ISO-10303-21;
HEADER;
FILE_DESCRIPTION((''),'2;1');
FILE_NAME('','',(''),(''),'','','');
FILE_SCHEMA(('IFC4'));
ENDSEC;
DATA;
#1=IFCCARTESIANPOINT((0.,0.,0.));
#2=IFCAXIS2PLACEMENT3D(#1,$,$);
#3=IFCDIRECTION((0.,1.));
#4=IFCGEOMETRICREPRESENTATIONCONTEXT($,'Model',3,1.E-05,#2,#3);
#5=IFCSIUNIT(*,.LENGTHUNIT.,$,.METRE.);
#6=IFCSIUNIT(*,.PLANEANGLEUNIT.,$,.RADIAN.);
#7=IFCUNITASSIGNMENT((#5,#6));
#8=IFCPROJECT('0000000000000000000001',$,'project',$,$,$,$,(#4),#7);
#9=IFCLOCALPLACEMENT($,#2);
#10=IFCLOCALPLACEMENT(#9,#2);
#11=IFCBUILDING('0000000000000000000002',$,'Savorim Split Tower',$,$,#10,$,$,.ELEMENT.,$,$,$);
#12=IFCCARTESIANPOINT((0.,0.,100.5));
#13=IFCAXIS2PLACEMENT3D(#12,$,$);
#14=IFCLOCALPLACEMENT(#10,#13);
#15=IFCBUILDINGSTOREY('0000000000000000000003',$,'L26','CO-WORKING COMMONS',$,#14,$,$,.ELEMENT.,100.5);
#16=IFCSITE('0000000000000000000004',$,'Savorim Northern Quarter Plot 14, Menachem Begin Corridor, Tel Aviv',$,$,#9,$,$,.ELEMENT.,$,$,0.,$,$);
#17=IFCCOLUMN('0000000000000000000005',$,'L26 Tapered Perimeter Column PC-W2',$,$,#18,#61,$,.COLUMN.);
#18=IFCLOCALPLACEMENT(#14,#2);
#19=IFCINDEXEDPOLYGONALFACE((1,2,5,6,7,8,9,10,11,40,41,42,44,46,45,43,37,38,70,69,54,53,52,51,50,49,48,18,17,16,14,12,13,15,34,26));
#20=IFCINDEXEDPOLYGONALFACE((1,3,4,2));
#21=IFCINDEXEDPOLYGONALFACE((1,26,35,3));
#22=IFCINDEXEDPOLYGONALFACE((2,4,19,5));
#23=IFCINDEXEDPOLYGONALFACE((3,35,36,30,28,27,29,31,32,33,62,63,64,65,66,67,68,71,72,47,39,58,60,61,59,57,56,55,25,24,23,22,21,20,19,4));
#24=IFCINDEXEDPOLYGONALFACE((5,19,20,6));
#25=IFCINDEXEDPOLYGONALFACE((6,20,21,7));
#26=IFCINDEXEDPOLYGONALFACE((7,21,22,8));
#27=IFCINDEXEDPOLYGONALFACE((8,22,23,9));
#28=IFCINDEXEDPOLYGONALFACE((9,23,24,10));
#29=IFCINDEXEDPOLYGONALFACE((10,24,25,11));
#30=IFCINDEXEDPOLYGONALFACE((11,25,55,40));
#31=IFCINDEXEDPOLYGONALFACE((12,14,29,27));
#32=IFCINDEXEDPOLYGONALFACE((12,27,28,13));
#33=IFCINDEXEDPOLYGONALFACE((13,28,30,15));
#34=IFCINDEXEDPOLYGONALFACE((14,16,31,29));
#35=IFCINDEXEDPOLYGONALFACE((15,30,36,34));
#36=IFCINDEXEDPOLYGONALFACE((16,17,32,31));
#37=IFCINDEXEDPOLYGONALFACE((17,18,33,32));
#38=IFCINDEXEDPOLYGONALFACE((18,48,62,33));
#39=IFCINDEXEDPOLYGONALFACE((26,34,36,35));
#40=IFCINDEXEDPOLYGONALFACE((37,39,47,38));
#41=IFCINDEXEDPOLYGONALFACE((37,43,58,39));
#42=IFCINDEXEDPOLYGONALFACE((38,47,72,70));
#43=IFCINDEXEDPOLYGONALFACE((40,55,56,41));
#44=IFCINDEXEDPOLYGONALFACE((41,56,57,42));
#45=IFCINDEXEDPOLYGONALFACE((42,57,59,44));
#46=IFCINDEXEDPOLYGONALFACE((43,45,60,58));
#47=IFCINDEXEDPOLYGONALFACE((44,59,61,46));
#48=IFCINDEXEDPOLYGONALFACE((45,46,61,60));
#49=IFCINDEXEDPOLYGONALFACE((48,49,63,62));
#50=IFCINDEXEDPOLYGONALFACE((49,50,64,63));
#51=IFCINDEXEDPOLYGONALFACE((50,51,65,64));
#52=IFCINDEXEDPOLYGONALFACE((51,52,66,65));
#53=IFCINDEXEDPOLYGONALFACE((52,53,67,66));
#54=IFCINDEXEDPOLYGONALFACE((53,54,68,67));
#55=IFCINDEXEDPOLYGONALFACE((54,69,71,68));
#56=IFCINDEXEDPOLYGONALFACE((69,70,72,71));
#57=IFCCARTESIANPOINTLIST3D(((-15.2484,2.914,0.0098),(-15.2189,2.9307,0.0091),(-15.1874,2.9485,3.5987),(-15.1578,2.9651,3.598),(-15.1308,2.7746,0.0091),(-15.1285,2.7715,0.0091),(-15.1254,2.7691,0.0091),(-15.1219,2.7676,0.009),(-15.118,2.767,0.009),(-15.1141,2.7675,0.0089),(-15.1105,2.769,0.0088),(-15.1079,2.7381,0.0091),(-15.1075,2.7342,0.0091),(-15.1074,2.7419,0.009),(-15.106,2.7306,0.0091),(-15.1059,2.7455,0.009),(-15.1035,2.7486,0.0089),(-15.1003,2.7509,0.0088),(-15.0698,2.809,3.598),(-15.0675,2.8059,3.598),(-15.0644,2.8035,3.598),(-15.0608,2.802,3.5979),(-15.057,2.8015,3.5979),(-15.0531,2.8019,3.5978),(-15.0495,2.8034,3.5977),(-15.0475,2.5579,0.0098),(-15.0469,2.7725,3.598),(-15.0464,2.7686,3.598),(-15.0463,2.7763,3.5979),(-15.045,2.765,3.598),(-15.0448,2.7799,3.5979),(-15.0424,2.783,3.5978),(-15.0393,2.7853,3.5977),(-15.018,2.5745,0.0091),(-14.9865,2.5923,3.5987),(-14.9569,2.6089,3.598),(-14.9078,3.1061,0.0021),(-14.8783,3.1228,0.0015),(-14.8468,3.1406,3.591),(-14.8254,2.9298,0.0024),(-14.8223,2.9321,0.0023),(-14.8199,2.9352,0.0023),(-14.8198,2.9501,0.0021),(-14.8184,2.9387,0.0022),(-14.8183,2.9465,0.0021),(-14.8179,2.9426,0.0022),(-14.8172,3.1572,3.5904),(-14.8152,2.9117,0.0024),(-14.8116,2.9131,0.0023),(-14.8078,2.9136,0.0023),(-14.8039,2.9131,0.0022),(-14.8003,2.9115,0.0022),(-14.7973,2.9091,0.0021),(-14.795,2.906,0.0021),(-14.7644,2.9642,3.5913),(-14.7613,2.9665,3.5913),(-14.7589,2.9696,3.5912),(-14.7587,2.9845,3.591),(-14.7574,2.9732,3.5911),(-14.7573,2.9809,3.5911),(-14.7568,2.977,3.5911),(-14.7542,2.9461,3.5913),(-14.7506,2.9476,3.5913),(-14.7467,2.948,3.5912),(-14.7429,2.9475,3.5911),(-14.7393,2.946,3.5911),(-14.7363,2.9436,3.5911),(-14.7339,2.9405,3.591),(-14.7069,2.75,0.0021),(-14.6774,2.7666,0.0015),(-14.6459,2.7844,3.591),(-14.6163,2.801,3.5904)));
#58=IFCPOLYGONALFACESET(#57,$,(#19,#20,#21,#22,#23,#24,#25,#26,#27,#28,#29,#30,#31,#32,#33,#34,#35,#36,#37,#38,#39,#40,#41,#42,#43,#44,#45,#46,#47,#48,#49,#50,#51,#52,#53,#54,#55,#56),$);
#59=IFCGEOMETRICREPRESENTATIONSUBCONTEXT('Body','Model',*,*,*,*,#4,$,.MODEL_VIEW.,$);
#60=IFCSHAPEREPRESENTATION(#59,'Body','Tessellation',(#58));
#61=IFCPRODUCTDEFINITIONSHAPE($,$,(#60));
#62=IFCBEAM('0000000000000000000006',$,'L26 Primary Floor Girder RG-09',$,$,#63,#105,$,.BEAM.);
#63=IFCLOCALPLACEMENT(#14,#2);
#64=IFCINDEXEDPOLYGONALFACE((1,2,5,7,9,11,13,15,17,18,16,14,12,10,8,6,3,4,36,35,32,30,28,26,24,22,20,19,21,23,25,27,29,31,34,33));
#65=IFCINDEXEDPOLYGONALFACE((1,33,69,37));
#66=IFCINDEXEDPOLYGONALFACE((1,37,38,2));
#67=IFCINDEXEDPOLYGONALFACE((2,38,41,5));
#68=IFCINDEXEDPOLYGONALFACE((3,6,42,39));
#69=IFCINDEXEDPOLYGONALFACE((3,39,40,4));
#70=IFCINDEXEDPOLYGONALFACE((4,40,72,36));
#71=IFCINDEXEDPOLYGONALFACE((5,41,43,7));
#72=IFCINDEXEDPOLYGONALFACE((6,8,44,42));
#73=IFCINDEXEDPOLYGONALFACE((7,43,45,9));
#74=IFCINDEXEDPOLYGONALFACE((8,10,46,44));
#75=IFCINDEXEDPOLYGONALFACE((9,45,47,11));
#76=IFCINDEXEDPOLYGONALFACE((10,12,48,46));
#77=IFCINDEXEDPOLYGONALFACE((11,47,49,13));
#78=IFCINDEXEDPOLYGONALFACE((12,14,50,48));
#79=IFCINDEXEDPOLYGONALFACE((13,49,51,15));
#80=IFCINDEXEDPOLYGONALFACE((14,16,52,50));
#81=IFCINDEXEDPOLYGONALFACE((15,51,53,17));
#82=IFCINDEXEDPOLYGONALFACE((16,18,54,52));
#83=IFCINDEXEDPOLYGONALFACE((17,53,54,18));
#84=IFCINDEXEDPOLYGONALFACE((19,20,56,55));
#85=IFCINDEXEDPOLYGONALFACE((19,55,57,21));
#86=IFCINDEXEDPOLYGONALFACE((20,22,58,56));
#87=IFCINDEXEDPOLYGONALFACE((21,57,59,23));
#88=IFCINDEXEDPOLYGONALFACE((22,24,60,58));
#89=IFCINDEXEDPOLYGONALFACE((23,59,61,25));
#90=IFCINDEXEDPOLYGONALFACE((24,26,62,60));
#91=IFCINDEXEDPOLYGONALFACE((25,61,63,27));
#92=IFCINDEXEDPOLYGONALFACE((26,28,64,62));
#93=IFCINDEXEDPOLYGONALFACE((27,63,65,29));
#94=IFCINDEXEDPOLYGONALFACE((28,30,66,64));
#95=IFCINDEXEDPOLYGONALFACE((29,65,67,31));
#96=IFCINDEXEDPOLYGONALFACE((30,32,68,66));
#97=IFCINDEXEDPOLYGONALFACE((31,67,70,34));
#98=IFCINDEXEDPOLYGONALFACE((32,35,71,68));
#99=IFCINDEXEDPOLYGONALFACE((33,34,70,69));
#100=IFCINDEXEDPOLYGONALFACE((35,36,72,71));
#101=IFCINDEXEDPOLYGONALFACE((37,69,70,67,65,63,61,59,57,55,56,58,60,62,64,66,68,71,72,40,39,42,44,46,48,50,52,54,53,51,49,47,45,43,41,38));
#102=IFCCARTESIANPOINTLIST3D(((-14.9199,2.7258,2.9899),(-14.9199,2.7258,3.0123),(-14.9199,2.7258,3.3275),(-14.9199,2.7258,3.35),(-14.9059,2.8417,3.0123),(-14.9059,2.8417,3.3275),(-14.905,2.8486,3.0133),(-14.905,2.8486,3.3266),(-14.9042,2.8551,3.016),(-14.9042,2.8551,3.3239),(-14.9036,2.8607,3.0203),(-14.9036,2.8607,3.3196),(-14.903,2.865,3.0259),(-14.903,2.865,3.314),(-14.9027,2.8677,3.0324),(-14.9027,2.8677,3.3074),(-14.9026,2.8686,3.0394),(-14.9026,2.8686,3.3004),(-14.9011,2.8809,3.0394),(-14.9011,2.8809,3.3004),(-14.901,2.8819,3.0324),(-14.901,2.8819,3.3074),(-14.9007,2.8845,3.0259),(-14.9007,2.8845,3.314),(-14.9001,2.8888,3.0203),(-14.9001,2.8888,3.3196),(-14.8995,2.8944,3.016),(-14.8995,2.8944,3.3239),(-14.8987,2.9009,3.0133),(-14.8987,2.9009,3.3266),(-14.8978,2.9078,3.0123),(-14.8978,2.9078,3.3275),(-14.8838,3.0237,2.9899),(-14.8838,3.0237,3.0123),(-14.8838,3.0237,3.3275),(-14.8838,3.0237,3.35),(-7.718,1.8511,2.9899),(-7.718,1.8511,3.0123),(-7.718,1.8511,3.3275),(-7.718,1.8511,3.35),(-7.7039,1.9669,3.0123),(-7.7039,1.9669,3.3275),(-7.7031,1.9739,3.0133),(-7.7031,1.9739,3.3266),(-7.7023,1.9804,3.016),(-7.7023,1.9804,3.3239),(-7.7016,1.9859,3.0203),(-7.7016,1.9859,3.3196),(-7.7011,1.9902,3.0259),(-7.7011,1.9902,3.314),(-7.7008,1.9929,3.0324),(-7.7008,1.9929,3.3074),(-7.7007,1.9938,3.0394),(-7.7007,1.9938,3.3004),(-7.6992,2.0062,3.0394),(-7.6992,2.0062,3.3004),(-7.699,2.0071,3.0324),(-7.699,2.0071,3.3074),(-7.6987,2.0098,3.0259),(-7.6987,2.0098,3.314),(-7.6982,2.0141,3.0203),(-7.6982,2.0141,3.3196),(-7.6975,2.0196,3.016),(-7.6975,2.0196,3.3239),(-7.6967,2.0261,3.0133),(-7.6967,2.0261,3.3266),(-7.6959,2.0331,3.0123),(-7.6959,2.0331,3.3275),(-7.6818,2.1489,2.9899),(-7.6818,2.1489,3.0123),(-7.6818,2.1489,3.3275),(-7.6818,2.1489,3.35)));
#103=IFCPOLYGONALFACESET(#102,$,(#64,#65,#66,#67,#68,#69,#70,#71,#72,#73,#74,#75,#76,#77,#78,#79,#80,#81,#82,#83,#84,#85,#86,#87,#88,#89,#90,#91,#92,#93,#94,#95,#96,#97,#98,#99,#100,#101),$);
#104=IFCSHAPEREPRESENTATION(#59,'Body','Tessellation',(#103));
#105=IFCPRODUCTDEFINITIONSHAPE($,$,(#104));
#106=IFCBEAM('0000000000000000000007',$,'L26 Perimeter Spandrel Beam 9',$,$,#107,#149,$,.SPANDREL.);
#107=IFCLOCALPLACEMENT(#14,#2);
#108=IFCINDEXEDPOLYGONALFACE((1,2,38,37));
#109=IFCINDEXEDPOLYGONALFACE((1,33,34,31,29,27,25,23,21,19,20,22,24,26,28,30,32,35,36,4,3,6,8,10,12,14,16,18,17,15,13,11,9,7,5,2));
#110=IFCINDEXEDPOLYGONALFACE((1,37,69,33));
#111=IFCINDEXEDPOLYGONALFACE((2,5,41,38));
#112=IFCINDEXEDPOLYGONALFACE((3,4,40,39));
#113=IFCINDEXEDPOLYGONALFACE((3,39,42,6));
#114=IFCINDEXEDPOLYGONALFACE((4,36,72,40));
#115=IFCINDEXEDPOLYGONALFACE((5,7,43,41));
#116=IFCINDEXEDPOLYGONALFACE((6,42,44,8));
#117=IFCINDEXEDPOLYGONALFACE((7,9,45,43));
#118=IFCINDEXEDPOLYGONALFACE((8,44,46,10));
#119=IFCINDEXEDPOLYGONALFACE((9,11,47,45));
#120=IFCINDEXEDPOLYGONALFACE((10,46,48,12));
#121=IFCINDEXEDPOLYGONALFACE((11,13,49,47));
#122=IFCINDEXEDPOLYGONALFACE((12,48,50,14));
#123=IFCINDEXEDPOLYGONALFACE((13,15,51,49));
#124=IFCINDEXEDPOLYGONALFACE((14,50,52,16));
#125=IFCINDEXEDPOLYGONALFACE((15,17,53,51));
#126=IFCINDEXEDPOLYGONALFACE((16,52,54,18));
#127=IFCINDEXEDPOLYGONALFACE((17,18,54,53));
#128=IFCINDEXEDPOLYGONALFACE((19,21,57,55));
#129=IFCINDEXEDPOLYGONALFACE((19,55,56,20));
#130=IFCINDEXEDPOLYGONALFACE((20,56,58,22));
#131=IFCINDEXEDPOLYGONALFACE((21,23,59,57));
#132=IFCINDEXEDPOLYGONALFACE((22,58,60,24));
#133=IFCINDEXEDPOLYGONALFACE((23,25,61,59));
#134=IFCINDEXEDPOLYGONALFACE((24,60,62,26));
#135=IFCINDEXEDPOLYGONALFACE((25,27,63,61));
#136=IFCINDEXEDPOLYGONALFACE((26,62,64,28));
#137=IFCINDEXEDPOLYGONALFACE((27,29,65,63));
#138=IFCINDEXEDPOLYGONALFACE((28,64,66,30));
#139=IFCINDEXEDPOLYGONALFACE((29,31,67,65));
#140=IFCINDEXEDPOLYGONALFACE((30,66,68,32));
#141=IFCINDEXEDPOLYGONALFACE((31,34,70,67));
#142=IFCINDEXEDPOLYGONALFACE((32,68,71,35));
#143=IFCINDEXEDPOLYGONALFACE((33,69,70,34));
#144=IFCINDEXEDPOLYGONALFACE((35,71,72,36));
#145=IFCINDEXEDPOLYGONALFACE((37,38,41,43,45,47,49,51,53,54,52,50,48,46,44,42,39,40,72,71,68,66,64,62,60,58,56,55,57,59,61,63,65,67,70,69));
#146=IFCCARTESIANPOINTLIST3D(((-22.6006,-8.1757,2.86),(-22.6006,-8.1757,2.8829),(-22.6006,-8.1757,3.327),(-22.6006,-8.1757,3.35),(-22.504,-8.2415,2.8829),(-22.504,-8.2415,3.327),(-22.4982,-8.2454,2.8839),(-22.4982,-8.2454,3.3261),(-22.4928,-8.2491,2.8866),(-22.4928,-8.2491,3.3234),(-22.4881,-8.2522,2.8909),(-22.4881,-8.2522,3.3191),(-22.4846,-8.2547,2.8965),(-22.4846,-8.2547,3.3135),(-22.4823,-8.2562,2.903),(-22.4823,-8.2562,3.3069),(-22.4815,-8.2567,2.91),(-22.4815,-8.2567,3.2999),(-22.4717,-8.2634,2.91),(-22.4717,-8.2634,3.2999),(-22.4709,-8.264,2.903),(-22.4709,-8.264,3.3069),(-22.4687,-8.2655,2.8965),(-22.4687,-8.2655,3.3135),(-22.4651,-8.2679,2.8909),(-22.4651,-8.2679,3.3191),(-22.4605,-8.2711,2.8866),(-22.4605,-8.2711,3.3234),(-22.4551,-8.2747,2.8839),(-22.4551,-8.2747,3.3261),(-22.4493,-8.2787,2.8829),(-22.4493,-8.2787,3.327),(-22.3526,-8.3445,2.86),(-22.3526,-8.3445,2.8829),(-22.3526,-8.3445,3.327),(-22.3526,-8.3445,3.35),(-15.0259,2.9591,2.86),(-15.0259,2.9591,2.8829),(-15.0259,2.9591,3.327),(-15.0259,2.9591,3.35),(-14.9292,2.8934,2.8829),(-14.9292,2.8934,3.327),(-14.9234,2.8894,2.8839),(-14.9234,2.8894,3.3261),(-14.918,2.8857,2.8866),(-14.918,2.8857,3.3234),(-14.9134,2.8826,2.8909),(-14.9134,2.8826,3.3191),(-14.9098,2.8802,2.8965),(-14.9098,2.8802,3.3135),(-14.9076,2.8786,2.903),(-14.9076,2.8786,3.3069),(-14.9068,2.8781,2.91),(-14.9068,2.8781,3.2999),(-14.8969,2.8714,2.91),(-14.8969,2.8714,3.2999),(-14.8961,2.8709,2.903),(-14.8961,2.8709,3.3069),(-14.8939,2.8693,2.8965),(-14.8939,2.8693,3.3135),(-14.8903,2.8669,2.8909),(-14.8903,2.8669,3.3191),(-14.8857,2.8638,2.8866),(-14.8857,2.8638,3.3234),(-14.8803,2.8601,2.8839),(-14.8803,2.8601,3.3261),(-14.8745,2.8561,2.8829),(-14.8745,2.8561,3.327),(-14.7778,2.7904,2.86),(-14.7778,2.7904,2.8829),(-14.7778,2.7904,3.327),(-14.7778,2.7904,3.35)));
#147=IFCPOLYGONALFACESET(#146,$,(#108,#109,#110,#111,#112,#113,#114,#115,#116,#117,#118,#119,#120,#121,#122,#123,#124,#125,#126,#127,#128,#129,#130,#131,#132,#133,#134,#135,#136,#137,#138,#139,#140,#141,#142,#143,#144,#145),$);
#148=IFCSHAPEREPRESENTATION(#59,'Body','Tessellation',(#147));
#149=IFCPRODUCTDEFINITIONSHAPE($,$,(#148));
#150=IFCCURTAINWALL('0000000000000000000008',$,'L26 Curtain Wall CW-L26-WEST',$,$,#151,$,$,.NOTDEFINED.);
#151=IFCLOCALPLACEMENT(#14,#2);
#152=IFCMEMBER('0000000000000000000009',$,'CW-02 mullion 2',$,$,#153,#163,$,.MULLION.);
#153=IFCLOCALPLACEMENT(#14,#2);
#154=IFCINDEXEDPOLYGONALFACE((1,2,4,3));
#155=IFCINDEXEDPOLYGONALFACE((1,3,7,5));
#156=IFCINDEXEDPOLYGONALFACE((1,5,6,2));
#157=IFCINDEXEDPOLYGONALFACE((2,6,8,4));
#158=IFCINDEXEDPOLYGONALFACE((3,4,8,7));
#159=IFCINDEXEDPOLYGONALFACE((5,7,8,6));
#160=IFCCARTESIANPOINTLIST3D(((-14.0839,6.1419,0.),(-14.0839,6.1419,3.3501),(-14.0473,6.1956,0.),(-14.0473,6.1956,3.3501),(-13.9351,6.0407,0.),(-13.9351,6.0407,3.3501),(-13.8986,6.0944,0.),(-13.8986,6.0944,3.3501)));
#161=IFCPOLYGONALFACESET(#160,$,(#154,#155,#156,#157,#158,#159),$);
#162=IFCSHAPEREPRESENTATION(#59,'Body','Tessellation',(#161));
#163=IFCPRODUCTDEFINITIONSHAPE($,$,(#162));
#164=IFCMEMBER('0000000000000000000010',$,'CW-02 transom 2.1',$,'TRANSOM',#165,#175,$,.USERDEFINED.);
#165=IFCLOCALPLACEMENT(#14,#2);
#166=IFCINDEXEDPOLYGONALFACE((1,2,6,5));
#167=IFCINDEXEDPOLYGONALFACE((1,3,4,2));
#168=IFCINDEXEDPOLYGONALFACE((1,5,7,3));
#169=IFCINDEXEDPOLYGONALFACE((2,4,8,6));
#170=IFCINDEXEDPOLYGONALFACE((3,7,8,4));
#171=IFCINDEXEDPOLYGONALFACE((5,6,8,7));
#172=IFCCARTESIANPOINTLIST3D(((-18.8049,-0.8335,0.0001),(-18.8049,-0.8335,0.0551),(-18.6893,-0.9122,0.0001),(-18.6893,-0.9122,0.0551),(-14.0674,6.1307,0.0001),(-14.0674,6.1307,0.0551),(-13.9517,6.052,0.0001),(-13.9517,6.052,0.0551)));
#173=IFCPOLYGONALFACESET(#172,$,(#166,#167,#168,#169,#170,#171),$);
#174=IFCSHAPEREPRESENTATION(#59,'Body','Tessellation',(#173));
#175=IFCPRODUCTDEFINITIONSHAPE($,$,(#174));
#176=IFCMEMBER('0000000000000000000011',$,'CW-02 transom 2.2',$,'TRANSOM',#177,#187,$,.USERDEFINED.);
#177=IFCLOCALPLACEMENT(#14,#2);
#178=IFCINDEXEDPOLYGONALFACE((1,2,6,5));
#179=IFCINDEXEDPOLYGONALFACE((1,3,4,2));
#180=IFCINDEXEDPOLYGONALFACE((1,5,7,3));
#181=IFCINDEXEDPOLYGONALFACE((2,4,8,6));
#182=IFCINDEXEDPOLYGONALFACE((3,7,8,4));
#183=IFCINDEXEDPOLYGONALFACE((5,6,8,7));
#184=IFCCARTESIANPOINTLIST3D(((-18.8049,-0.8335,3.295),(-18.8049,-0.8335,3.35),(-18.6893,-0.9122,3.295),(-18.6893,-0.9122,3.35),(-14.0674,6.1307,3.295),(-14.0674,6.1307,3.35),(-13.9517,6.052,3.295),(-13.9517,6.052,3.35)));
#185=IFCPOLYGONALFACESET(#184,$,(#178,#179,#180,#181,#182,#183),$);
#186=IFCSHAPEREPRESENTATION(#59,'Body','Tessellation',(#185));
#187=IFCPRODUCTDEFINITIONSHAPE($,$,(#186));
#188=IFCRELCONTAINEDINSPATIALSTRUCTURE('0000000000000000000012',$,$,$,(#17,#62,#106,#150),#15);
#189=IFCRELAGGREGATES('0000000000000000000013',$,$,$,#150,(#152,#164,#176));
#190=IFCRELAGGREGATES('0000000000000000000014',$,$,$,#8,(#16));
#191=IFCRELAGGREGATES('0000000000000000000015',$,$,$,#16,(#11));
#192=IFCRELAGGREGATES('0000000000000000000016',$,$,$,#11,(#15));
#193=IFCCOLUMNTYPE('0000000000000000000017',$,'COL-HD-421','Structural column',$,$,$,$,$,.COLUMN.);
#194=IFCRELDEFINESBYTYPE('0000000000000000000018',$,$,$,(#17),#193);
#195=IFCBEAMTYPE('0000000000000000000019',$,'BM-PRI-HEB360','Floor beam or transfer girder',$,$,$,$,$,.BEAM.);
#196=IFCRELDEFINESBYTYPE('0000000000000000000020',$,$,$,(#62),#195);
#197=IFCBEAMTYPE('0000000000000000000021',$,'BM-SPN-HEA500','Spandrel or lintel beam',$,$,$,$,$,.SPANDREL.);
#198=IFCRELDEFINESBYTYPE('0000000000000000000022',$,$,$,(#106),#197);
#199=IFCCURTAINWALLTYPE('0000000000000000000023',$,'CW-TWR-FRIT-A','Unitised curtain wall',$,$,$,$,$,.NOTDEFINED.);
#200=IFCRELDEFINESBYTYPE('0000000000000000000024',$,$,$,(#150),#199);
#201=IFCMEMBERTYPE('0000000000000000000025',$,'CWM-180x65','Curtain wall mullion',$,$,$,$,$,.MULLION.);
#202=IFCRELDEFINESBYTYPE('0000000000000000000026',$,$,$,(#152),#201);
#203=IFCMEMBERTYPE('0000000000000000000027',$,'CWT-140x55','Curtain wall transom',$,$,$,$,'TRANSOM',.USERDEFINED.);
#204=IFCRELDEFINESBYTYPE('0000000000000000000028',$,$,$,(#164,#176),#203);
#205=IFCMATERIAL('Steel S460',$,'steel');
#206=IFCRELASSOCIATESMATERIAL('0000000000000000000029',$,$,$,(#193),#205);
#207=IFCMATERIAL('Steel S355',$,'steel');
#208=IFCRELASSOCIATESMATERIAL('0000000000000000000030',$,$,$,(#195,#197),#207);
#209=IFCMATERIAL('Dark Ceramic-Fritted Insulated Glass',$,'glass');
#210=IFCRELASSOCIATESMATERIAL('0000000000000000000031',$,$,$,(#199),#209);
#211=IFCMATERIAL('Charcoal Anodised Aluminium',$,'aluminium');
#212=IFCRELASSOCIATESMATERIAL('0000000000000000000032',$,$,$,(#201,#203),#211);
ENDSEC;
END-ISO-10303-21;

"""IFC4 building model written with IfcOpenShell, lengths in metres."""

from ifc_helpers import new_model, si_unit, direction, frame, origin, origin_2d, place, context, subcontext, project, spatial, rectangle, i_section, extrude, material, material_profile, profile_set, type_object, element, aggregate, save


model = new_model("IFC4")

# Units and contexts
model_context = context("Model", 3, precision=1e-05, world=origin(), true_north=direction((0.0, 1.0)))
body_context = subcontext(model_context, "Body", "Model", "MODEL_VIEW")
ifc_project = project(units=[si_unit("LENGTHUNIT", "METRE"), si_unit("PLANEANGLEUNIT", "RADIAN")], contexts=[model_context])

# Site, building, storey
site_placement = place(None, origin())
site = spatial("IfcSite", under=ifc_project, at=site_placement, Name="Savorim Northern Quarter Plot 14, Menachem Begin Corridor, Tel Aviv", CompositionType="ELEMENT", RefElevation=0.0)
building_placement = place(site_placement, origin())
building = spatial("IfcBuilding", under=site, at=building_placement, Name="Savorim Split Tower", CompositionType="ELEMENT")
storey_placement = place(building_placement, frame((0.0, 0.0, 100.5)))
storey = spatial("IfcBuildingStorey", under=building, at=storey_placement, Name="L26", Description="CO-WORKING COMMONS", CompositionType="ELEMENT", Elevation=100.5)

# Column
ifc_material_1 = material(Name="Steel S460", Category="steel")
ifc_material_profile_1 = material_profile(ifc_material_1, i_section(OverallWidth=0.4089, OverallDepth=0.425, WebThickness=0.0208, FlangeThickness=0.0339, FilletRadius=0.0149, at=origin_2d()), Name="HD 400x421")
ifc_profile_set_1 = profile_set([ifc_material_profile_1], Name="Steel S460")
column_type = type_object("IfcColumnType", Name="COL-HD-421", Description="Structural column", PredefinedType="COLUMN", material=ifc_profile_set_1)
column_placement = place(storey_placement, frame((-14.9629, 2.8403, 0.0056), z_axis=(0.017004, 0.00959, 0.999809), x_axis=(-0.491253, 0.871017, 0.0)))
element("IfcColumn", 1, at=column_placement, inside=storey, type_object=column_type, Name="L26 Tapered Perimeter Column PC-W2", PredefinedType="COLUMN", context=body_context, shape_type="SweptSolid", body=[
    extrude(i_section(OverallWidth=0.4089, OverallDepth=0.425, WebThickness=0.0208, FlangeThickness=0.0339, FilletRadius=0.0149, at=origin_2d()), origin(), (0.0, 0.0, 1.0), 3.5896),
])

# Beams
ifc_material_2 = material(Name="Steel S355", Category="steel")
ifc_material_profile_2 = material_profile(ifc_material_2, i_section(OverallWidth=0.3, OverallDepth=0.3601, WebThickness=0.0125, FlangeThickness=0.0225, FilletRadius=0.0271, at=origin_2d()), Name="HEB 360")
ifc_profile_set_2 = profile_set([ifc_material_profile_2], Name="Steel S355")
beam_type_1 = type_object("IfcBeamType", Name="BM-PRI-HEB360", Description="Floor beam or transfer girder", PredefinedType="BEAM", material=ifc_profile_set_2)
beam_1_placement = place(storey_placement, frame((-14.9019, 2.8748, 3.1699), z_axis=(0.992704, -0.120576, 0.0), x_axis=(0.120576, 0.992704, 0.0)))
element("IfcBeam", 2, at=beam_1_placement, inside=storey, type_object=beam_type_1, Name="L26 Primary Floor Girder RG-09", PredefinedType="BEAM", context=body_context, shape_type="SweptSolid", body=[
    extrude(i_section(OverallWidth=0.3, OverallDepth=0.3601, WebThickness=0.0125, FlangeThickness=0.0225, FilletRadius=0.0271, at=origin_2d()), origin(), (0.0, 0.0, 1.0), 7.2549),
])
ifc_material_profile_3 = material_profile(ifc_material_2, i_section(OverallWidth=0.3, OverallDepth=0.49, WebThickness=0.012, FlangeThickness=0.0229, FilletRadius=0.0271, at=origin_2d()), Name="HEA 500")
ifc_profile_set_3 = profile_set([ifc_material_profile_3], Name="Steel S355")
beam_type_2 = type_object("IfcBeamType", Name="BM-SPN-HEA500", Description="Spandrel or lintel beam", PredefinedType="SPANDREL", material=ifc_profile_set_3)
beam_2_placement = place(storey_placement, frame((-14.9019, 2.8748, 3.105), z_axis=(-0.562466, -0.826821, 0.0), x_axis=(0.826821, -0.562466, 0.0)))
element("IfcBeam", 3, at=beam_2_placement, inside=storey, type_object=beam_type_2, Name="L26 Perimeter Spandrel Beam 9", PredefinedType="SPANDREL", context=body_context, shape_type="SweptSolid", body=[
    extrude(i_section(OverallWidth=0.3, OverallDepth=0.49, WebThickness=0.012, FlangeThickness=0.0229, FilletRadius=0.0271, at=origin_2d()), origin(), (0.0, 0.0, 1.0), 13.467),
])

# Curtain wall, members
ifc_material_3 = material(Name="Dark Ceramic-Fritted Insulated Glass", Category="glass")
curtain_wall_type = type_object("IfcCurtainWallType", Name="CW-TWR-FRIT-A", Description="Unitised curtain wall", PredefinedType="NOTDEFINED", material=ifc_material_3)
curtain_wall_placement = place(storey_placement, origin())
curtain_wall = element("IfcCurtainWall", 4, at=curtain_wall_placement, inside=storey, type_object=curtain_wall_type, Name="L26 Curtain Wall CW-L26-WEST", PredefinedType="NOTDEFINED")
ifc_material_4 = material(Name="Charcoal Anodised Aluminium", Category="aluminium")
ifc_material_profile_4 = material_profile(ifc_material_4, rectangle(XDim=0.1799, YDim=0.0649, at=origin_2d()), Name="ALU-M 180x65")
ifc_profile_set_4 = profile_set([ifc_material_profile_4], Name="Charcoal Anodised Aluminium")
member_type_1 = type_object("IfcMemberType", Name="CWM-180x65", Description="Curtain wall mullion", PredefinedType="MULLION", material=ifc_profile_set_4)
member_1_placement = place(storey_placement, frame((-13.9912, 6.1182, 0.0), z_axis=(0.0, 0.0, 1.0), x_axis=(0.826819, -0.562468, 0.0)))
member_1 = element("IfcMember", 5, at=member_1_placement, type_object=member_type_1, Name="CW-02 mullion 2", PredefinedType="MULLION", context=body_context, shape_type="SweptSolid", body=[
    extrude(rectangle(XDim=0.1799, YDim=0.0649, at=origin_2d()), origin(), (0.0, 0.0, 1.0), 3.3501),
])
ifc_material_profile_5 = material_profile(ifc_material_4, rectangle(XDim=0.1399, YDim=0.0549, at=origin_2d()), Name="ALU-T 140x55")
ifc_profile_set_5 = profile_set([ifc_material_profile_5], Name="Charcoal Anodised Aluminium")
member_type_2 = type_object("IfcMemberType", Name="CWT-140x55", Description="Curtain wall transom", ElementType="TRANSOM", PredefinedType="USERDEFINED", material=ifc_profile_set_5)
member_2_placement = place(storey_placement, frame((-14.0095, 6.0913, 0.0276), z_axis=(-0.562469, -0.826819, 0.0), x_axis=(0.826819, -0.562469, 0.0)))
member_2 = element("IfcMember", 6, at=member_2_placement, type_object=member_type_2, Name="CW-02 transom 2.1", ObjectType="TRANSOM", PredefinedType="USERDEFINED", context=body_context, shape_type="SweptSolid", body=[
    extrude(rectangle(XDim=0.1399, YDim=0.0549, at=origin_2d()), origin(), (0.0, 0.0, 1.0), 8.4229),
])
member_3_placement = place(storey_placement, frame((-14.0095, 6.0913, 3.3225), z_axis=(-0.562469, -0.826819, 0.0), x_axis=(0.826819, -0.562469, 0.0)))
member_3 = element("IfcMember", 7, at=member_3_placement, type_object=member_type_2, Name="CW-02 transom 2.2", ObjectType="TRANSOM", PredefinedType="USERDEFINED", context=body_context, shape_type="SweptSolid", body=[
    extrude(rectangle(XDim=0.1399, YDim=0.0549, at=origin_2d()), origin(), (0.0, 0.0, 1.0), 8.4229),
])
aggregate(curtain_wall, [member_1, member_2, member_3])

save(model, "model.ifc")
